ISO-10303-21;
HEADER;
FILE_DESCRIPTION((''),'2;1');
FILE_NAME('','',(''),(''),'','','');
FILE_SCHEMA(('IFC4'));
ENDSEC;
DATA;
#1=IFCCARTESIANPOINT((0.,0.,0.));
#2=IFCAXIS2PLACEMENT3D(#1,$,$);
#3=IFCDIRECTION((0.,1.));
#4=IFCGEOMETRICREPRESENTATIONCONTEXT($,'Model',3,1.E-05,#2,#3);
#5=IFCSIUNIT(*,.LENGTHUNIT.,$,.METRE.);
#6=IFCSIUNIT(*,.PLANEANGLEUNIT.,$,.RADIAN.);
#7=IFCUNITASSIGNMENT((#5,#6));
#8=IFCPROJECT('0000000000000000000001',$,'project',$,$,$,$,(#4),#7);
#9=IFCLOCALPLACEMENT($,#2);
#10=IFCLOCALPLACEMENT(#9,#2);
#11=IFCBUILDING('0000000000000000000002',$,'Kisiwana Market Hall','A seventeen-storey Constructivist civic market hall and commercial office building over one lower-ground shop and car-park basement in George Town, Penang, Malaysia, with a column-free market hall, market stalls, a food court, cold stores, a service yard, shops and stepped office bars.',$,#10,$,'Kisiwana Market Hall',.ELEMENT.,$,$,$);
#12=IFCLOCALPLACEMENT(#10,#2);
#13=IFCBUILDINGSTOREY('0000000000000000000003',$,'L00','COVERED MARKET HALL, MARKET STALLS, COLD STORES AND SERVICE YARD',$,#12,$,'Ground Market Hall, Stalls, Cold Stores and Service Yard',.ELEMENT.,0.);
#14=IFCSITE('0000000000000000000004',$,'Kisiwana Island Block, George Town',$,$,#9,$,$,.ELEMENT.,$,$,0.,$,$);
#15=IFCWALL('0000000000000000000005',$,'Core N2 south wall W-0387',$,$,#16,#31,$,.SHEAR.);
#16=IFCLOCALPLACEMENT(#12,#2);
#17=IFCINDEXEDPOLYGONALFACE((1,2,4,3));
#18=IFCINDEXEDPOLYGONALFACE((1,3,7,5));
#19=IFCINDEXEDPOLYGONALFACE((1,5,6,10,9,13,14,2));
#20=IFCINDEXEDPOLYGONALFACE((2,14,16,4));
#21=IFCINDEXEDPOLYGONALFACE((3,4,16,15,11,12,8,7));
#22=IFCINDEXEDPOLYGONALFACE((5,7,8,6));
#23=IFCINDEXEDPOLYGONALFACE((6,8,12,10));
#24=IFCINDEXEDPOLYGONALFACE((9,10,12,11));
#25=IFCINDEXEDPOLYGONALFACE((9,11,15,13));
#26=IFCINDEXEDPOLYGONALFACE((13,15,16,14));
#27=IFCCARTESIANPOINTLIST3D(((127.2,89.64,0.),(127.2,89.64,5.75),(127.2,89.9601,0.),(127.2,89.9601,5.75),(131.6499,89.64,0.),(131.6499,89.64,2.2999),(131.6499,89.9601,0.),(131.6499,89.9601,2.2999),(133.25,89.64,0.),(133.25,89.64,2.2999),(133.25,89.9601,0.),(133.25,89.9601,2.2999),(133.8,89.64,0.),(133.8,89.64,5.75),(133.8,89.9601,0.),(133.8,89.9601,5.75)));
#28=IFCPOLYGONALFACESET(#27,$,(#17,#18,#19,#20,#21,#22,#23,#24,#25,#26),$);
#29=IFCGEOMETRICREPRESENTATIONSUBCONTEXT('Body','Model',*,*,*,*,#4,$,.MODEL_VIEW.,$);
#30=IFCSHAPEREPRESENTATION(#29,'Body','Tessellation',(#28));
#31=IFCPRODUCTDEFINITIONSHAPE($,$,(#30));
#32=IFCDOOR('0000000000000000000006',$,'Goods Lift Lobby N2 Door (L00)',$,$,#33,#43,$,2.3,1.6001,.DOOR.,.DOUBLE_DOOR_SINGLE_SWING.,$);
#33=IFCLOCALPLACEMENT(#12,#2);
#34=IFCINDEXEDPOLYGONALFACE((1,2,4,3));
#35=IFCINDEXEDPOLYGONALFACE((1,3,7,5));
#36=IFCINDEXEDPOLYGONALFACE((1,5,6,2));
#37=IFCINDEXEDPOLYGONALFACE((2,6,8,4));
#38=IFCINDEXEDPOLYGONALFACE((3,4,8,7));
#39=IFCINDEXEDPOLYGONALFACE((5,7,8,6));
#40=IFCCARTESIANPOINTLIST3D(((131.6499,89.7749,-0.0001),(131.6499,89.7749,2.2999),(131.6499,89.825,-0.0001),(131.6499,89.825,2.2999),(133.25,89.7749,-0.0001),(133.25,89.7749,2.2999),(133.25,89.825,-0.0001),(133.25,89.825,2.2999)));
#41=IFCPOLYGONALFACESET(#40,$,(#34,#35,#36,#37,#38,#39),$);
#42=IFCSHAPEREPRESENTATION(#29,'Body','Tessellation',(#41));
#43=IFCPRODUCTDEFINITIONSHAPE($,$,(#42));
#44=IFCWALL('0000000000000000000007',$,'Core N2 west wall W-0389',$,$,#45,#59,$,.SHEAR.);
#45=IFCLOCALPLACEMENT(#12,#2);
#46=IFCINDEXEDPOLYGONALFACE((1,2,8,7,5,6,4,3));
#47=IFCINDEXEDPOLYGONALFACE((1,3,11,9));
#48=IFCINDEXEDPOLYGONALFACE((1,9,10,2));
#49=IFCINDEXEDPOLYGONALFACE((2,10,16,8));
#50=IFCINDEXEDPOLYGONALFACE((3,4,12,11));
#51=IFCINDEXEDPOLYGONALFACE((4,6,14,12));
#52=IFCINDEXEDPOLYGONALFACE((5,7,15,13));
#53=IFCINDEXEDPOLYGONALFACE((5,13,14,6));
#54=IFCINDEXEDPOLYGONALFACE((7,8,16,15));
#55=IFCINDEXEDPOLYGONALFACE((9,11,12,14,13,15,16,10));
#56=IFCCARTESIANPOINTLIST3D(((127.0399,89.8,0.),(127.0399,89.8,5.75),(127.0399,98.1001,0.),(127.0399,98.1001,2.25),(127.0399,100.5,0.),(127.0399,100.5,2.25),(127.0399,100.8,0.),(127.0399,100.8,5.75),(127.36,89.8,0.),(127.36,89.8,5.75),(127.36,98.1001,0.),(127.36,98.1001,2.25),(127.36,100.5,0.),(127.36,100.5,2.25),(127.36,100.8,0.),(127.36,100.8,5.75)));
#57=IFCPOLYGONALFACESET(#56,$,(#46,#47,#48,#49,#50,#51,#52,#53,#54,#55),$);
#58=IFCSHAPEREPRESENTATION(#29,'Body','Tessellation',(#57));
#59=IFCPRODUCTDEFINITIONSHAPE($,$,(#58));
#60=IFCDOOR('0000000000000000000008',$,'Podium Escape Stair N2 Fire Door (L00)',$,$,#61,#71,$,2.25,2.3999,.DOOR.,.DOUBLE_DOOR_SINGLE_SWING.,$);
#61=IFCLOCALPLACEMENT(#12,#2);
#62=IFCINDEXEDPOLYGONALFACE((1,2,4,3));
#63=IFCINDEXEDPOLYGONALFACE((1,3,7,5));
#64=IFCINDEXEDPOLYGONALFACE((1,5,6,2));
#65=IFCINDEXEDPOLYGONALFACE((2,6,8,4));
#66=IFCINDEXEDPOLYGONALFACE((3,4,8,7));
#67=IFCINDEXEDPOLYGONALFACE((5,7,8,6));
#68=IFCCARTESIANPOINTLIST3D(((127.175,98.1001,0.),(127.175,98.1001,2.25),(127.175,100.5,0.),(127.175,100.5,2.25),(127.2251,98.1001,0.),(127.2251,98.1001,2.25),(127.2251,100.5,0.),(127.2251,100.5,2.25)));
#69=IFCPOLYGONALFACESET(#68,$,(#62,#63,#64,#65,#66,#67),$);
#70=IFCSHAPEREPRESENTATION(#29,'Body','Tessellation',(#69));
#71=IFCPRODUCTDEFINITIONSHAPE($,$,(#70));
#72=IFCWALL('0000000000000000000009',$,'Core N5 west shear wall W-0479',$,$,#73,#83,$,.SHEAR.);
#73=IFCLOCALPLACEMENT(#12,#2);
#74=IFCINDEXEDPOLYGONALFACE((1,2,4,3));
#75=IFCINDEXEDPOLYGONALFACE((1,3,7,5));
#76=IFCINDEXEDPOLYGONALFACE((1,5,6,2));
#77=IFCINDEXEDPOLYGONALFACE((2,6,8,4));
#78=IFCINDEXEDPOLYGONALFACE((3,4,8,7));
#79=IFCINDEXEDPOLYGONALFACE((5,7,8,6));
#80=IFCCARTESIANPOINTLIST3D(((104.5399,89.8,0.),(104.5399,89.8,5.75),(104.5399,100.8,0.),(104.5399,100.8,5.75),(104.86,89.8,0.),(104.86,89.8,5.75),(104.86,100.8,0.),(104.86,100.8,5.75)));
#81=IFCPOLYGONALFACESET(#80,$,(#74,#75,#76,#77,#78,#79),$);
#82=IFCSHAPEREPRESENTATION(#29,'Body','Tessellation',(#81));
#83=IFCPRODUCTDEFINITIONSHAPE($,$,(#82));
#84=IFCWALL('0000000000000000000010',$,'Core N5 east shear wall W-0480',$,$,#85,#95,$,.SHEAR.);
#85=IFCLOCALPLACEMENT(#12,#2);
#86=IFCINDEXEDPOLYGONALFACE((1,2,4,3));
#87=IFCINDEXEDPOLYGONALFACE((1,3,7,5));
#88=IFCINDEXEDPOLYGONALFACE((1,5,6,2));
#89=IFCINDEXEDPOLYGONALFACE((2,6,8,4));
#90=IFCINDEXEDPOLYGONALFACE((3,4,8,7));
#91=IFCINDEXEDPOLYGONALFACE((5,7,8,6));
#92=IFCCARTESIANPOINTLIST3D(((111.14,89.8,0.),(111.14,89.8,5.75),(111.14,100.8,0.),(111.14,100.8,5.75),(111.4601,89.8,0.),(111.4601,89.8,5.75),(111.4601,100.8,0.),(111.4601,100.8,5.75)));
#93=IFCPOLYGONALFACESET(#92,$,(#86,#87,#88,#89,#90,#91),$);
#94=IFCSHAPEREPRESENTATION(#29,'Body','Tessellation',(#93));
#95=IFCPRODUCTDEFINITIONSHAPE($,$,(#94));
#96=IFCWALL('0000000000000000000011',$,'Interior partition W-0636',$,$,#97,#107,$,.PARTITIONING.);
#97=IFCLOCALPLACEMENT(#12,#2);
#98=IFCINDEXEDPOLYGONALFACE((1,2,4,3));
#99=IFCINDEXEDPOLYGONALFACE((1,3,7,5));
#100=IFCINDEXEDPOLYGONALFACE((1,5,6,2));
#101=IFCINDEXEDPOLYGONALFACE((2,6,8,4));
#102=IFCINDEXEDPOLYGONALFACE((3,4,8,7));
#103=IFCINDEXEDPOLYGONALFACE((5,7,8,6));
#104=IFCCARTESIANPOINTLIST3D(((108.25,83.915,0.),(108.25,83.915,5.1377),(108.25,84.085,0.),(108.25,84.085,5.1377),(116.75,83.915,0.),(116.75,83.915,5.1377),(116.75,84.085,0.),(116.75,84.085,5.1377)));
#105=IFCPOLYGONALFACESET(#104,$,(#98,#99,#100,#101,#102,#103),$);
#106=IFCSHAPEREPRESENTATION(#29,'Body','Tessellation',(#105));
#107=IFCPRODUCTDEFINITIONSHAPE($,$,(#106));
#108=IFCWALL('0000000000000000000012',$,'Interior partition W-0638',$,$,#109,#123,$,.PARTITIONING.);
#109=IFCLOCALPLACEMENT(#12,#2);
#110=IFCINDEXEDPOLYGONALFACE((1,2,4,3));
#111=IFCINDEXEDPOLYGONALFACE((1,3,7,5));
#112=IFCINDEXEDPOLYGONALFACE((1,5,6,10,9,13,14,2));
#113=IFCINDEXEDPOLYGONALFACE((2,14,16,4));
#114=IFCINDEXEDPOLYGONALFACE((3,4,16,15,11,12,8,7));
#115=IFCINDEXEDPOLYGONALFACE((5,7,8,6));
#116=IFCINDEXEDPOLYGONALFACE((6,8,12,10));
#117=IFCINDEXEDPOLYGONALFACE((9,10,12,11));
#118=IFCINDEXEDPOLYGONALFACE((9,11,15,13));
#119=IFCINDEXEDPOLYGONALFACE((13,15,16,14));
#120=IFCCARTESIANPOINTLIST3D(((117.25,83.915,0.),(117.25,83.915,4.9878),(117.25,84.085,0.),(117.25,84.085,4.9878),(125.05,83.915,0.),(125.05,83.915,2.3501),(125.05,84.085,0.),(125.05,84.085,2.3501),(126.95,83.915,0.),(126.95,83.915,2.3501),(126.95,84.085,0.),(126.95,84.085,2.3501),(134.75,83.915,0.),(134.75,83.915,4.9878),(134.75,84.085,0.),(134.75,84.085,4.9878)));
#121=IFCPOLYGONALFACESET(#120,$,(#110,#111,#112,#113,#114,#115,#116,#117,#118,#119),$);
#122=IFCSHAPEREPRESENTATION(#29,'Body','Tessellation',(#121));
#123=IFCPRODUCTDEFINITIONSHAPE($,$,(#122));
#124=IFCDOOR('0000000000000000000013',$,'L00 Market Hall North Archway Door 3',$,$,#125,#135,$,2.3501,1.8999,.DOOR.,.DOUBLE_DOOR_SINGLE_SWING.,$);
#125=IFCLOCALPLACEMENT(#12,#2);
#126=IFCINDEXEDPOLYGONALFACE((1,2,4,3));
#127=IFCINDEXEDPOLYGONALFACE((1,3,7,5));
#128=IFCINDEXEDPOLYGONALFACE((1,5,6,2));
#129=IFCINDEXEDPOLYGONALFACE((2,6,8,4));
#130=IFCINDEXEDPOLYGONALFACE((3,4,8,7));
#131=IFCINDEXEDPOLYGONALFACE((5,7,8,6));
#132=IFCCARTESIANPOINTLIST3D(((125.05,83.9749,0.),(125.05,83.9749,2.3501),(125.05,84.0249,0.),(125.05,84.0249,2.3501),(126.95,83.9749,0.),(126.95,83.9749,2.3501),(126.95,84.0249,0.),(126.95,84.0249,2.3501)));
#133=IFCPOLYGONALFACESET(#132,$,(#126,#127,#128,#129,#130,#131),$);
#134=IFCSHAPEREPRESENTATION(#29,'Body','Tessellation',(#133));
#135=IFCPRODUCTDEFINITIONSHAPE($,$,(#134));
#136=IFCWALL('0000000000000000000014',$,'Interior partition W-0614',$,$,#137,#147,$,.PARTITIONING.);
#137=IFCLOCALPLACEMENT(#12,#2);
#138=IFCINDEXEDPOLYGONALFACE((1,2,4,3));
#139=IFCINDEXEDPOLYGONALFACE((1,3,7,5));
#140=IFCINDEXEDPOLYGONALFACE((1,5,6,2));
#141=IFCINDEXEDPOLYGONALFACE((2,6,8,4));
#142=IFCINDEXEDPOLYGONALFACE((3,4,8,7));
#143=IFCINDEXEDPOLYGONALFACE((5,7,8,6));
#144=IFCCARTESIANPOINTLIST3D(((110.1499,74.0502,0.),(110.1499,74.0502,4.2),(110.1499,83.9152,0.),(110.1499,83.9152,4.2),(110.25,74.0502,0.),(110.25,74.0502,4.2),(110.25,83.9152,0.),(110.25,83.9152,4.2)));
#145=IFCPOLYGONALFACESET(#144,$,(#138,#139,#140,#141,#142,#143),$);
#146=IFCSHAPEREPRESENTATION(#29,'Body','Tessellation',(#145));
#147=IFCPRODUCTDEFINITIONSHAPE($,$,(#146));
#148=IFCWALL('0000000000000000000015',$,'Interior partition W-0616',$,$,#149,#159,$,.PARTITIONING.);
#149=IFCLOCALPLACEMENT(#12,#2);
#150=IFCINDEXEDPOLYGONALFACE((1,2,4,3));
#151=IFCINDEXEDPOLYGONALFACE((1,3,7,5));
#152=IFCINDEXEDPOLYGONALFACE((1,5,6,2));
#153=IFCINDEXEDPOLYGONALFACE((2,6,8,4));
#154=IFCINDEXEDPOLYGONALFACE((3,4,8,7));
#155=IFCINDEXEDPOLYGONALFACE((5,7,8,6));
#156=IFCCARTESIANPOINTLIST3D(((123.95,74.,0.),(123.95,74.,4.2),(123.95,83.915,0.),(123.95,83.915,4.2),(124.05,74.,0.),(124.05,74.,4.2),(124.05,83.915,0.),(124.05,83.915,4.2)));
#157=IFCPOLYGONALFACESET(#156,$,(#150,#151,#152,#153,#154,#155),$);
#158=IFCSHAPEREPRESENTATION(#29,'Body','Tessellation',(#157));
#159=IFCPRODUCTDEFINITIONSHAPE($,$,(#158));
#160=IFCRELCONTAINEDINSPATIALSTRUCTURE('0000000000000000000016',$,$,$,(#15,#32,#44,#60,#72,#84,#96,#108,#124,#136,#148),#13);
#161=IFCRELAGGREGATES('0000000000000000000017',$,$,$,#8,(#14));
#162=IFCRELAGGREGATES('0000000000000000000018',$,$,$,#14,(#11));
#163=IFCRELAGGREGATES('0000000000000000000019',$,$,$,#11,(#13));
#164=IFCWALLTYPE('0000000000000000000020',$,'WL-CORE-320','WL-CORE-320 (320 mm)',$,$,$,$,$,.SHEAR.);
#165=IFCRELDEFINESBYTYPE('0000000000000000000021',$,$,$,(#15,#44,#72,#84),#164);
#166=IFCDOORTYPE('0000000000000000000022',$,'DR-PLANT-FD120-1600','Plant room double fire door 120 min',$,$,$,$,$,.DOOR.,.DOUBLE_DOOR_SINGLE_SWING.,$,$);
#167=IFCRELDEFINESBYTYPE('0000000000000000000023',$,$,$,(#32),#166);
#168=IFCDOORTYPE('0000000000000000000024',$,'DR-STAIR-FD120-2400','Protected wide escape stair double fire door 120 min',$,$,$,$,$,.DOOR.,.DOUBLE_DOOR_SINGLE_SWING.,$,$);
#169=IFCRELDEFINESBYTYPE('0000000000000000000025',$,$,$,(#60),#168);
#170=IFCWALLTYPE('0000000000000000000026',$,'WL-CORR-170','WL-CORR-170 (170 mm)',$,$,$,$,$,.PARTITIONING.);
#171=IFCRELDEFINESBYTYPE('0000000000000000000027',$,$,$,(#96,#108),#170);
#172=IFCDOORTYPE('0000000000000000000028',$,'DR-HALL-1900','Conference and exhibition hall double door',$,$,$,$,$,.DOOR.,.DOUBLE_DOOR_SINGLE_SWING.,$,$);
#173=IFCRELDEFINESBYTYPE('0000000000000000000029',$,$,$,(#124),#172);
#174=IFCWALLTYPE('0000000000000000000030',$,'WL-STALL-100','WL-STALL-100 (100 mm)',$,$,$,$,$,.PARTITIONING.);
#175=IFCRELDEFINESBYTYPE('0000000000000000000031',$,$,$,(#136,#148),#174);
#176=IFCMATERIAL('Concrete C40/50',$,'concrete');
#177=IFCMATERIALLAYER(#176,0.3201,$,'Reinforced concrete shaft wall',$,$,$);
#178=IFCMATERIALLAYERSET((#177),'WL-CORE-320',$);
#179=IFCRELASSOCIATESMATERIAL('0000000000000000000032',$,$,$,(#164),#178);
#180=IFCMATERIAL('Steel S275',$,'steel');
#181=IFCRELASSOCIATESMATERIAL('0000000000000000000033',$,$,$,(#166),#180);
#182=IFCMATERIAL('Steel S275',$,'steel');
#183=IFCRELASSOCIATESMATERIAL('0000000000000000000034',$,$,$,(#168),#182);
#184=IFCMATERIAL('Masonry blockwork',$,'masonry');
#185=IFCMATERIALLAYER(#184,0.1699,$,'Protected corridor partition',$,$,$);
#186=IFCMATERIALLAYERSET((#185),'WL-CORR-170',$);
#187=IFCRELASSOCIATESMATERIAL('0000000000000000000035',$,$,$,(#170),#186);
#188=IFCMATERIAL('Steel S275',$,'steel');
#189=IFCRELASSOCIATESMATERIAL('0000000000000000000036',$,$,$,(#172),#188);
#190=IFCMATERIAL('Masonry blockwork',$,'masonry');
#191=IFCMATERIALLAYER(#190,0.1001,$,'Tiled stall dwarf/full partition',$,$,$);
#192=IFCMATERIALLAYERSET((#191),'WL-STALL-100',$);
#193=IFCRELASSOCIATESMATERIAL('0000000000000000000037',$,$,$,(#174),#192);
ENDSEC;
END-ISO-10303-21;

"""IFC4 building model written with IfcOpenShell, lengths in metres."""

from ifc_helpers import new_model, si_unit, direction, frame, frame_2d, origin, place, context, subcontext, project, spatial, rectangle, extrude, material, layer, layer_set, type_object, element, fill, save


model = new_model("IFC4")

# Units and contexts
model_context = context("Model", 3, precision=1e-05, world=origin(), true_north=direction((0.0, 1.0)))
body_context = subcontext(model_context, "Body", "Model", "MODEL_VIEW")
ifc_project = project(units=[si_unit("LENGTHUNIT", "METRE"), si_unit("PLANEANGLEUNIT", "RADIAN")], contexts=[model_context])

# Site, building, storey
site_placement = place(None, origin())
site = spatial("IfcSite", under=ifc_project, at=site_placement, Name="Kisiwana Island Block, George Town", CompositionType="ELEMENT", RefElevation=0.0)
building_placement = place(site_placement, origin())
building = spatial("IfcBuilding", under=site, at=building_placement, Name="Kisiwana Market Hall", Description="A seventeen-storey Constructivist civic market hall and commercial office building over one lower-ground shop and car-park basement in George Town, Penang, Malaysia, with a column-free market hall, market stalls, a food court, cold stores, a service yard, shops and stepped office bars.", LongName="Kisiwana Market Hall", CompositionType="ELEMENT")
storey_placement = place(building_placement, origin())
storey = spatial("IfcBuildingStorey", under=building, at=storey_placement, Name="L00", Description="COVERED MARKET HALL, MARKET STALLS, COLD STORES AND SERVICE YARD", LongName="Ground Market Hall, Stalls, Cold Stores and Service Yard", CompositionType="ELEMENT", Elevation=0.0)

# Walls, openings, doors
ifc_material_1 = material(Name="Concrete C40/50", Category="concrete")
ifc_layer_1 = layer(ifc_material_1, 0.3201, Name="Reinforced concrete shaft wall")
ifc_layer_set_1 = layer_set([ifc_layer_1], Name="WL-CORE-320")
wall_type_1 = type_object("IfcWallType", Name="WL-CORE-320", Description="WL-CORE-320 (320 mm)", PredefinedType="SHEAR", material=ifc_layer_set_1)
wall_1_placement = place(storey_placement, frame((127.2, 89.8, 0.0), z_axis=(0.0, 0.0, 1.0), x_axis=(1.0, 0.0, 0.0)))
wall_1 = element("IfcWall", 1, at=wall_1_placement, inside=storey, type_object=wall_type_1, Name="Core N2 south wall W-0387", PredefinedType="SHEAR", context=body_context, shape_type="SweptSolid", body=[
    extrude(rectangle(XDim=6.6001, YDim=0.3201, at=frame_2d((3.3, 0.0))), origin(), (0.0, 0.0, 1.0), 5.75),
])
opening_1_placement = place(wall_1_placement, frame((4.45, 0.0, 0.0)))
opening_1 = element("IfcOpeningElement", 2, at=opening_1_placement, cuts=wall_1, PredefinedType="OPENING", context=body_context, shape_type="SweptSolid", body=[
    extrude(rectangle(XDim=1.6001, YDim=2.3, at=frame_2d((0.8, 1.1499))), frame((0.0, 0.1719, 0.0), z_axis=(0.0, -1.0, 0.0), x_axis=(1.0, 0.0, 0.0)), (0.0, 0.0, 1.0), 0.344),
])
ifc_material_2 = material(Name="Steel S275", Category="steel")
door_type_1 = type_object("IfcDoorType", Name="DR-PLANT-FD120-1600", Description="Plant room double fire door 120 min", OperationType="DOUBLE_DOOR_SINGLE_SWING", PredefinedType="DOOR", material=ifc_material_2)
door_1_placement = place(opening_1_placement, origin())
door_1 = element("IfcDoor", 3, at=door_1_placement, inside=storey, type_object=door_type_1, Name="Goods Lift Lobby N2 Door (L00)", OperationType="DOUBLE_DOOR_SINGLE_SWING", OverallHeight=2.3, OverallWidth=1.6001, PredefinedType="DOOR", context=body_context, shape_type="SweptSolid", body=[
    extrude(rectangle(XDim=1.6001, YDim=2.3, at=frame_2d((0.8, 1.1499))), frame((0.0, 0.0249, 0.0), z_axis=(0.0, -1.0, 0.0), x_axis=(1.0, 0.0, 0.0)), (0.0, 0.0, 1.0), 0.05),
])
fill(opening_1, door_1)
wall_2_placement = place(storey_placement, frame((127.2, 89.8, 0.0), z_axis=(0.0, 0.0, 1.0), x_axis=(0.0, 1.0, 0.0)))
wall_2 = element("IfcWall", 4, at=wall_2_placement, inside=storey, type_object=wall_type_1, Name="Core N2 west wall W-0389", PredefinedType="SHEAR", context=body_context, shape_type="SweptSolid", body=[
    extrude(rectangle(XDim=11.0, YDim=0.3201, at=frame_2d((5.5, 0.0))), origin(), (0.0, 0.0, 1.0), 5.75),
])
opening_2_placement = place(wall_2_placement, frame((8.3, 0.0, 0.0)))
opening_2 = element("IfcOpeningElement", 5, at=opening_2_placement, cuts=wall_2, PredefinedType="OPENING", context=body_context, shape_type="SweptSolid", body=[
    extrude(rectangle(XDim=2.3999, YDim=2.25, at=frame_2d((1.2, 1.125))), frame((0.0, 0.1719, 0.0), z_axis=(0.0, -1.0, 0.0), x_axis=(1.0, 0.0, 0.0)), (0.0, 0.0, 1.0), 0.344),
])
ifc_material_3 = material(Name="Steel S275", Category="steel")
door_type_2 = type_object("IfcDoorType", Name="DR-STAIR-FD120-2400", Description="Protected wide escape stair double fire door 120 min", OperationType="DOUBLE_DOOR_SINGLE_SWING", PredefinedType="DOOR", material=ifc_material_3)
door_2_placement = place(opening_2_placement, origin())
door_2 = element("IfcDoor", 6, at=door_2_placement, inside=storey, type_object=door_type_2, Name="Podium Escape Stair N2 Fire Door (L00)", OperationType="DOUBLE_DOOR_SINGLE_SWING", OverallHeight=2.25, OverallWidth=2.3999, PredefinedType="DOOR", context=body_context, shape_type="SweptSolid", body=[
    extrude(rectangle(XDim=2.3999, YDim=2.25, at=frame_2d((1.2, 1.125))), frame((0.0, 0.0249, 0.0), z_axis=(0.0, -1.0, 0.0), x_axis=(1.0, 0.0, 0.0)), (0.0, 0.0, 1.0), 0.05),
])
fill(opening_2, door_2)

# Walls
for number, where, z_axis, x_axis, name in (
    (7, (104.7, 89.8, 0.0), (0.0, 0.0, 1.0), (0.0, 1.0, 0.0), "Core N5 west shear wall W-0479"),
    (8, (111.3, 89.8, 0.0), (0.0, 0.0, 1.0), (0.0, 1.0, 0.0), "Core N5 east shear wall W-0480"),
):
    element("IfcWall", number, at=place(storey_placement, frame(where, z_axis=z_axis, x_axis=x_axis)), inside=storey, type_object=wall_type_1, Name=name, PredefinedType="SHEAR", context=body_context, shape_type="SweptSolid", body=[
        extrude(rectangle(XDim=11.0, YDim=0.3201, at=frame_2d((5.5, 0.0))), origin(), (0.0, 0.0, 1.0), 5.75),
    ])
ifc_material_4 = material(Name="Masonry blockwork", Category="masonry")
ifc_layer_2 = layer(ifc_material_4, 0.1699, Name="Protected corridor partition")
ifc_layer_set_2 = layer_set([ifc_layer_2], Name="WL-CORR-170")
wall_type_2 = type_object("IfcWallType", Name="WL-CORR-170", Description="WL-CORR-170 (170 mm)", PredefinedType="PARTITIONING", material=ifc_layer_set_2)
wall_3_placement = place(storey_placement, frame((108.25, 84.0, 0.0), z_axis=(0.0, 0.0, 1.0), x_axis=(1.0, 0.0, 0.0)))
element("IfcWall", 9, at=wall_3_placement, inside=storey, type_object=wall_type_2, Name="Interior partition W-0636", PredefinedType="PARTITIONING", context=body_context, shape_type="SweptSolid", body=[
    extrude(rectangle(XDim=8.5, YDim=0.1699, at=frame_2d((4.25, 0.0))), origin(), (0.0, 0.0, 1.0), 5.1377),
])

# Wall, opening, door
wall_4_placement = place(storey_placement, frame((117.25, 84.0, 0.0), z_axis=(0.0, 0.0, 1.0), x_axis=(1.0, 0.0, 0.0)))
wall_4 = element("IfcWall", 10, at=wall_4_placement, inside=storey, type_object=wall_type_2, Name="Interior partition W-0638", PredefinedType="PARTITIONING", context=body_context, shape_type="SweptSolid", body=[
    extrude(rectangle(XDim=17.5, YDim=0.1699, at=frame_2d((8.75, 0.0))), origin(), (0.0, 0.0, 1.0), 4.9878),
])
opening_3_placement = place(wall_4_placement, frame((7.8, 0.0, 0.0)))
opening_3 = element("IfcOpeningElement", 11, at=opening_3_placement, cuts=wall_4, PredefinedType="OPENING", context=body_context, shape_type="SweptSolid", body=[
    extrude(rectangle(XDim=1.8999, YDim=2.3501, at=frame_2d((0.95, 1.175))), frame((0.0, 0.0969, 0.0), z_axis=(0.0, -1.0, 0.0), x_axis=(1.0, 0.0, 0.0)), (0.0, 0.0, 1.0), 0.1938),
])
ifc_material_5 = material(Name="Steel S275", Category="steel")
door_type_3 = type_object("IfcDoorType", Name="DR-HALL-1900", Description="Conference and exhibition hall double door", OperationType="DOUBLE_DOOR_SINGLE_SWING", PredefinedType="DOOR", material=ifc_material_5)
door_3_placement = place(opening_3_placement, origin())
door_3 = element("IfcDoor", 12, at=door_3_placement, inside=storey, type_object=door_type_3, Name="L00 Market Hall North Archway Door 3", OperationType="DOUBLE_DOOR_SINGLE_SWING", OverallHeight=2.3501, OverallWidth=1.8999, PredefinedType="DOOR", context=body_context, shape_type="SweptSolid", body=[
    extrude(rectangle(XDim=1.8999, YDim=2.3501, at=frame_2d((0.95, 1.175))), frame((0.0, 0.0249, 0.0), z_axis=(0.0, -1.0, 0.0), x_axis=(1.0, 0.0, 0.0)), (0.0, 0.0, 1.0), 0.05),
])
fill(opening_3, door_3)

# Walls
ifc_material_6 = material(Name="Masonry blockwork", Category="masonry")
ifc_layer_3 = layer(ifc_material_6, 0.1001, Name="Tiled stall dwarf/full partition")
ifc_layer_set_3 = layer_set([ifc_layer_3], Name="WL-STALL-100")
wall_type_3 = type_object("IfcWallType", Name="WL-STALL-100", Description="WL-STALL-100 (100 mm)", PredefinedType="PARTITIONING", material=ifc_layer_set_3)
wall_5_placement = place(storey_placement, frame((110.2, 74.05, 0.0), z_axis=(0.0, 0.0, 1.0), x_axis=(0.0, 1.0, 0.0)))
element("IfcWall", 13, at=wall_5_placement, inside=storey, type_object=wall_type_3, Name="Interior partition W-0614", PredefinedType="PARTITIONING", context=body_context, shape_type="SweptSolid", body=[
    extrude(rectangle(XDim=9.865, YDim=0.1001, at=frame_2d((4.9326, 0.0))), origin(), (0.0, 0.0, 1.0), 4.2),
])
wall_6_placement = place(storey_placement, frame((124.0, 74.0, 0.0), z_axis=(0.0, 0.0, 1.0), x_axis=(0.0, 1.0, 0.0)))
element("IfcWall", 14, at=wall_6_placement, inside=storey, type_object=wall_type_3, Name="Interior partition W-0616", PredefinedType="PARTITIONING", context=body_context, shape_type="SweptSolid", body=[
    extrude(rectangle(XDim=9.915, YDim=0.1001, at=frame_2d((4.9575, 0.0))), origin(), (0.0, 0.0, 1.0), 4.2),
])

save(model, "model.ifc")
